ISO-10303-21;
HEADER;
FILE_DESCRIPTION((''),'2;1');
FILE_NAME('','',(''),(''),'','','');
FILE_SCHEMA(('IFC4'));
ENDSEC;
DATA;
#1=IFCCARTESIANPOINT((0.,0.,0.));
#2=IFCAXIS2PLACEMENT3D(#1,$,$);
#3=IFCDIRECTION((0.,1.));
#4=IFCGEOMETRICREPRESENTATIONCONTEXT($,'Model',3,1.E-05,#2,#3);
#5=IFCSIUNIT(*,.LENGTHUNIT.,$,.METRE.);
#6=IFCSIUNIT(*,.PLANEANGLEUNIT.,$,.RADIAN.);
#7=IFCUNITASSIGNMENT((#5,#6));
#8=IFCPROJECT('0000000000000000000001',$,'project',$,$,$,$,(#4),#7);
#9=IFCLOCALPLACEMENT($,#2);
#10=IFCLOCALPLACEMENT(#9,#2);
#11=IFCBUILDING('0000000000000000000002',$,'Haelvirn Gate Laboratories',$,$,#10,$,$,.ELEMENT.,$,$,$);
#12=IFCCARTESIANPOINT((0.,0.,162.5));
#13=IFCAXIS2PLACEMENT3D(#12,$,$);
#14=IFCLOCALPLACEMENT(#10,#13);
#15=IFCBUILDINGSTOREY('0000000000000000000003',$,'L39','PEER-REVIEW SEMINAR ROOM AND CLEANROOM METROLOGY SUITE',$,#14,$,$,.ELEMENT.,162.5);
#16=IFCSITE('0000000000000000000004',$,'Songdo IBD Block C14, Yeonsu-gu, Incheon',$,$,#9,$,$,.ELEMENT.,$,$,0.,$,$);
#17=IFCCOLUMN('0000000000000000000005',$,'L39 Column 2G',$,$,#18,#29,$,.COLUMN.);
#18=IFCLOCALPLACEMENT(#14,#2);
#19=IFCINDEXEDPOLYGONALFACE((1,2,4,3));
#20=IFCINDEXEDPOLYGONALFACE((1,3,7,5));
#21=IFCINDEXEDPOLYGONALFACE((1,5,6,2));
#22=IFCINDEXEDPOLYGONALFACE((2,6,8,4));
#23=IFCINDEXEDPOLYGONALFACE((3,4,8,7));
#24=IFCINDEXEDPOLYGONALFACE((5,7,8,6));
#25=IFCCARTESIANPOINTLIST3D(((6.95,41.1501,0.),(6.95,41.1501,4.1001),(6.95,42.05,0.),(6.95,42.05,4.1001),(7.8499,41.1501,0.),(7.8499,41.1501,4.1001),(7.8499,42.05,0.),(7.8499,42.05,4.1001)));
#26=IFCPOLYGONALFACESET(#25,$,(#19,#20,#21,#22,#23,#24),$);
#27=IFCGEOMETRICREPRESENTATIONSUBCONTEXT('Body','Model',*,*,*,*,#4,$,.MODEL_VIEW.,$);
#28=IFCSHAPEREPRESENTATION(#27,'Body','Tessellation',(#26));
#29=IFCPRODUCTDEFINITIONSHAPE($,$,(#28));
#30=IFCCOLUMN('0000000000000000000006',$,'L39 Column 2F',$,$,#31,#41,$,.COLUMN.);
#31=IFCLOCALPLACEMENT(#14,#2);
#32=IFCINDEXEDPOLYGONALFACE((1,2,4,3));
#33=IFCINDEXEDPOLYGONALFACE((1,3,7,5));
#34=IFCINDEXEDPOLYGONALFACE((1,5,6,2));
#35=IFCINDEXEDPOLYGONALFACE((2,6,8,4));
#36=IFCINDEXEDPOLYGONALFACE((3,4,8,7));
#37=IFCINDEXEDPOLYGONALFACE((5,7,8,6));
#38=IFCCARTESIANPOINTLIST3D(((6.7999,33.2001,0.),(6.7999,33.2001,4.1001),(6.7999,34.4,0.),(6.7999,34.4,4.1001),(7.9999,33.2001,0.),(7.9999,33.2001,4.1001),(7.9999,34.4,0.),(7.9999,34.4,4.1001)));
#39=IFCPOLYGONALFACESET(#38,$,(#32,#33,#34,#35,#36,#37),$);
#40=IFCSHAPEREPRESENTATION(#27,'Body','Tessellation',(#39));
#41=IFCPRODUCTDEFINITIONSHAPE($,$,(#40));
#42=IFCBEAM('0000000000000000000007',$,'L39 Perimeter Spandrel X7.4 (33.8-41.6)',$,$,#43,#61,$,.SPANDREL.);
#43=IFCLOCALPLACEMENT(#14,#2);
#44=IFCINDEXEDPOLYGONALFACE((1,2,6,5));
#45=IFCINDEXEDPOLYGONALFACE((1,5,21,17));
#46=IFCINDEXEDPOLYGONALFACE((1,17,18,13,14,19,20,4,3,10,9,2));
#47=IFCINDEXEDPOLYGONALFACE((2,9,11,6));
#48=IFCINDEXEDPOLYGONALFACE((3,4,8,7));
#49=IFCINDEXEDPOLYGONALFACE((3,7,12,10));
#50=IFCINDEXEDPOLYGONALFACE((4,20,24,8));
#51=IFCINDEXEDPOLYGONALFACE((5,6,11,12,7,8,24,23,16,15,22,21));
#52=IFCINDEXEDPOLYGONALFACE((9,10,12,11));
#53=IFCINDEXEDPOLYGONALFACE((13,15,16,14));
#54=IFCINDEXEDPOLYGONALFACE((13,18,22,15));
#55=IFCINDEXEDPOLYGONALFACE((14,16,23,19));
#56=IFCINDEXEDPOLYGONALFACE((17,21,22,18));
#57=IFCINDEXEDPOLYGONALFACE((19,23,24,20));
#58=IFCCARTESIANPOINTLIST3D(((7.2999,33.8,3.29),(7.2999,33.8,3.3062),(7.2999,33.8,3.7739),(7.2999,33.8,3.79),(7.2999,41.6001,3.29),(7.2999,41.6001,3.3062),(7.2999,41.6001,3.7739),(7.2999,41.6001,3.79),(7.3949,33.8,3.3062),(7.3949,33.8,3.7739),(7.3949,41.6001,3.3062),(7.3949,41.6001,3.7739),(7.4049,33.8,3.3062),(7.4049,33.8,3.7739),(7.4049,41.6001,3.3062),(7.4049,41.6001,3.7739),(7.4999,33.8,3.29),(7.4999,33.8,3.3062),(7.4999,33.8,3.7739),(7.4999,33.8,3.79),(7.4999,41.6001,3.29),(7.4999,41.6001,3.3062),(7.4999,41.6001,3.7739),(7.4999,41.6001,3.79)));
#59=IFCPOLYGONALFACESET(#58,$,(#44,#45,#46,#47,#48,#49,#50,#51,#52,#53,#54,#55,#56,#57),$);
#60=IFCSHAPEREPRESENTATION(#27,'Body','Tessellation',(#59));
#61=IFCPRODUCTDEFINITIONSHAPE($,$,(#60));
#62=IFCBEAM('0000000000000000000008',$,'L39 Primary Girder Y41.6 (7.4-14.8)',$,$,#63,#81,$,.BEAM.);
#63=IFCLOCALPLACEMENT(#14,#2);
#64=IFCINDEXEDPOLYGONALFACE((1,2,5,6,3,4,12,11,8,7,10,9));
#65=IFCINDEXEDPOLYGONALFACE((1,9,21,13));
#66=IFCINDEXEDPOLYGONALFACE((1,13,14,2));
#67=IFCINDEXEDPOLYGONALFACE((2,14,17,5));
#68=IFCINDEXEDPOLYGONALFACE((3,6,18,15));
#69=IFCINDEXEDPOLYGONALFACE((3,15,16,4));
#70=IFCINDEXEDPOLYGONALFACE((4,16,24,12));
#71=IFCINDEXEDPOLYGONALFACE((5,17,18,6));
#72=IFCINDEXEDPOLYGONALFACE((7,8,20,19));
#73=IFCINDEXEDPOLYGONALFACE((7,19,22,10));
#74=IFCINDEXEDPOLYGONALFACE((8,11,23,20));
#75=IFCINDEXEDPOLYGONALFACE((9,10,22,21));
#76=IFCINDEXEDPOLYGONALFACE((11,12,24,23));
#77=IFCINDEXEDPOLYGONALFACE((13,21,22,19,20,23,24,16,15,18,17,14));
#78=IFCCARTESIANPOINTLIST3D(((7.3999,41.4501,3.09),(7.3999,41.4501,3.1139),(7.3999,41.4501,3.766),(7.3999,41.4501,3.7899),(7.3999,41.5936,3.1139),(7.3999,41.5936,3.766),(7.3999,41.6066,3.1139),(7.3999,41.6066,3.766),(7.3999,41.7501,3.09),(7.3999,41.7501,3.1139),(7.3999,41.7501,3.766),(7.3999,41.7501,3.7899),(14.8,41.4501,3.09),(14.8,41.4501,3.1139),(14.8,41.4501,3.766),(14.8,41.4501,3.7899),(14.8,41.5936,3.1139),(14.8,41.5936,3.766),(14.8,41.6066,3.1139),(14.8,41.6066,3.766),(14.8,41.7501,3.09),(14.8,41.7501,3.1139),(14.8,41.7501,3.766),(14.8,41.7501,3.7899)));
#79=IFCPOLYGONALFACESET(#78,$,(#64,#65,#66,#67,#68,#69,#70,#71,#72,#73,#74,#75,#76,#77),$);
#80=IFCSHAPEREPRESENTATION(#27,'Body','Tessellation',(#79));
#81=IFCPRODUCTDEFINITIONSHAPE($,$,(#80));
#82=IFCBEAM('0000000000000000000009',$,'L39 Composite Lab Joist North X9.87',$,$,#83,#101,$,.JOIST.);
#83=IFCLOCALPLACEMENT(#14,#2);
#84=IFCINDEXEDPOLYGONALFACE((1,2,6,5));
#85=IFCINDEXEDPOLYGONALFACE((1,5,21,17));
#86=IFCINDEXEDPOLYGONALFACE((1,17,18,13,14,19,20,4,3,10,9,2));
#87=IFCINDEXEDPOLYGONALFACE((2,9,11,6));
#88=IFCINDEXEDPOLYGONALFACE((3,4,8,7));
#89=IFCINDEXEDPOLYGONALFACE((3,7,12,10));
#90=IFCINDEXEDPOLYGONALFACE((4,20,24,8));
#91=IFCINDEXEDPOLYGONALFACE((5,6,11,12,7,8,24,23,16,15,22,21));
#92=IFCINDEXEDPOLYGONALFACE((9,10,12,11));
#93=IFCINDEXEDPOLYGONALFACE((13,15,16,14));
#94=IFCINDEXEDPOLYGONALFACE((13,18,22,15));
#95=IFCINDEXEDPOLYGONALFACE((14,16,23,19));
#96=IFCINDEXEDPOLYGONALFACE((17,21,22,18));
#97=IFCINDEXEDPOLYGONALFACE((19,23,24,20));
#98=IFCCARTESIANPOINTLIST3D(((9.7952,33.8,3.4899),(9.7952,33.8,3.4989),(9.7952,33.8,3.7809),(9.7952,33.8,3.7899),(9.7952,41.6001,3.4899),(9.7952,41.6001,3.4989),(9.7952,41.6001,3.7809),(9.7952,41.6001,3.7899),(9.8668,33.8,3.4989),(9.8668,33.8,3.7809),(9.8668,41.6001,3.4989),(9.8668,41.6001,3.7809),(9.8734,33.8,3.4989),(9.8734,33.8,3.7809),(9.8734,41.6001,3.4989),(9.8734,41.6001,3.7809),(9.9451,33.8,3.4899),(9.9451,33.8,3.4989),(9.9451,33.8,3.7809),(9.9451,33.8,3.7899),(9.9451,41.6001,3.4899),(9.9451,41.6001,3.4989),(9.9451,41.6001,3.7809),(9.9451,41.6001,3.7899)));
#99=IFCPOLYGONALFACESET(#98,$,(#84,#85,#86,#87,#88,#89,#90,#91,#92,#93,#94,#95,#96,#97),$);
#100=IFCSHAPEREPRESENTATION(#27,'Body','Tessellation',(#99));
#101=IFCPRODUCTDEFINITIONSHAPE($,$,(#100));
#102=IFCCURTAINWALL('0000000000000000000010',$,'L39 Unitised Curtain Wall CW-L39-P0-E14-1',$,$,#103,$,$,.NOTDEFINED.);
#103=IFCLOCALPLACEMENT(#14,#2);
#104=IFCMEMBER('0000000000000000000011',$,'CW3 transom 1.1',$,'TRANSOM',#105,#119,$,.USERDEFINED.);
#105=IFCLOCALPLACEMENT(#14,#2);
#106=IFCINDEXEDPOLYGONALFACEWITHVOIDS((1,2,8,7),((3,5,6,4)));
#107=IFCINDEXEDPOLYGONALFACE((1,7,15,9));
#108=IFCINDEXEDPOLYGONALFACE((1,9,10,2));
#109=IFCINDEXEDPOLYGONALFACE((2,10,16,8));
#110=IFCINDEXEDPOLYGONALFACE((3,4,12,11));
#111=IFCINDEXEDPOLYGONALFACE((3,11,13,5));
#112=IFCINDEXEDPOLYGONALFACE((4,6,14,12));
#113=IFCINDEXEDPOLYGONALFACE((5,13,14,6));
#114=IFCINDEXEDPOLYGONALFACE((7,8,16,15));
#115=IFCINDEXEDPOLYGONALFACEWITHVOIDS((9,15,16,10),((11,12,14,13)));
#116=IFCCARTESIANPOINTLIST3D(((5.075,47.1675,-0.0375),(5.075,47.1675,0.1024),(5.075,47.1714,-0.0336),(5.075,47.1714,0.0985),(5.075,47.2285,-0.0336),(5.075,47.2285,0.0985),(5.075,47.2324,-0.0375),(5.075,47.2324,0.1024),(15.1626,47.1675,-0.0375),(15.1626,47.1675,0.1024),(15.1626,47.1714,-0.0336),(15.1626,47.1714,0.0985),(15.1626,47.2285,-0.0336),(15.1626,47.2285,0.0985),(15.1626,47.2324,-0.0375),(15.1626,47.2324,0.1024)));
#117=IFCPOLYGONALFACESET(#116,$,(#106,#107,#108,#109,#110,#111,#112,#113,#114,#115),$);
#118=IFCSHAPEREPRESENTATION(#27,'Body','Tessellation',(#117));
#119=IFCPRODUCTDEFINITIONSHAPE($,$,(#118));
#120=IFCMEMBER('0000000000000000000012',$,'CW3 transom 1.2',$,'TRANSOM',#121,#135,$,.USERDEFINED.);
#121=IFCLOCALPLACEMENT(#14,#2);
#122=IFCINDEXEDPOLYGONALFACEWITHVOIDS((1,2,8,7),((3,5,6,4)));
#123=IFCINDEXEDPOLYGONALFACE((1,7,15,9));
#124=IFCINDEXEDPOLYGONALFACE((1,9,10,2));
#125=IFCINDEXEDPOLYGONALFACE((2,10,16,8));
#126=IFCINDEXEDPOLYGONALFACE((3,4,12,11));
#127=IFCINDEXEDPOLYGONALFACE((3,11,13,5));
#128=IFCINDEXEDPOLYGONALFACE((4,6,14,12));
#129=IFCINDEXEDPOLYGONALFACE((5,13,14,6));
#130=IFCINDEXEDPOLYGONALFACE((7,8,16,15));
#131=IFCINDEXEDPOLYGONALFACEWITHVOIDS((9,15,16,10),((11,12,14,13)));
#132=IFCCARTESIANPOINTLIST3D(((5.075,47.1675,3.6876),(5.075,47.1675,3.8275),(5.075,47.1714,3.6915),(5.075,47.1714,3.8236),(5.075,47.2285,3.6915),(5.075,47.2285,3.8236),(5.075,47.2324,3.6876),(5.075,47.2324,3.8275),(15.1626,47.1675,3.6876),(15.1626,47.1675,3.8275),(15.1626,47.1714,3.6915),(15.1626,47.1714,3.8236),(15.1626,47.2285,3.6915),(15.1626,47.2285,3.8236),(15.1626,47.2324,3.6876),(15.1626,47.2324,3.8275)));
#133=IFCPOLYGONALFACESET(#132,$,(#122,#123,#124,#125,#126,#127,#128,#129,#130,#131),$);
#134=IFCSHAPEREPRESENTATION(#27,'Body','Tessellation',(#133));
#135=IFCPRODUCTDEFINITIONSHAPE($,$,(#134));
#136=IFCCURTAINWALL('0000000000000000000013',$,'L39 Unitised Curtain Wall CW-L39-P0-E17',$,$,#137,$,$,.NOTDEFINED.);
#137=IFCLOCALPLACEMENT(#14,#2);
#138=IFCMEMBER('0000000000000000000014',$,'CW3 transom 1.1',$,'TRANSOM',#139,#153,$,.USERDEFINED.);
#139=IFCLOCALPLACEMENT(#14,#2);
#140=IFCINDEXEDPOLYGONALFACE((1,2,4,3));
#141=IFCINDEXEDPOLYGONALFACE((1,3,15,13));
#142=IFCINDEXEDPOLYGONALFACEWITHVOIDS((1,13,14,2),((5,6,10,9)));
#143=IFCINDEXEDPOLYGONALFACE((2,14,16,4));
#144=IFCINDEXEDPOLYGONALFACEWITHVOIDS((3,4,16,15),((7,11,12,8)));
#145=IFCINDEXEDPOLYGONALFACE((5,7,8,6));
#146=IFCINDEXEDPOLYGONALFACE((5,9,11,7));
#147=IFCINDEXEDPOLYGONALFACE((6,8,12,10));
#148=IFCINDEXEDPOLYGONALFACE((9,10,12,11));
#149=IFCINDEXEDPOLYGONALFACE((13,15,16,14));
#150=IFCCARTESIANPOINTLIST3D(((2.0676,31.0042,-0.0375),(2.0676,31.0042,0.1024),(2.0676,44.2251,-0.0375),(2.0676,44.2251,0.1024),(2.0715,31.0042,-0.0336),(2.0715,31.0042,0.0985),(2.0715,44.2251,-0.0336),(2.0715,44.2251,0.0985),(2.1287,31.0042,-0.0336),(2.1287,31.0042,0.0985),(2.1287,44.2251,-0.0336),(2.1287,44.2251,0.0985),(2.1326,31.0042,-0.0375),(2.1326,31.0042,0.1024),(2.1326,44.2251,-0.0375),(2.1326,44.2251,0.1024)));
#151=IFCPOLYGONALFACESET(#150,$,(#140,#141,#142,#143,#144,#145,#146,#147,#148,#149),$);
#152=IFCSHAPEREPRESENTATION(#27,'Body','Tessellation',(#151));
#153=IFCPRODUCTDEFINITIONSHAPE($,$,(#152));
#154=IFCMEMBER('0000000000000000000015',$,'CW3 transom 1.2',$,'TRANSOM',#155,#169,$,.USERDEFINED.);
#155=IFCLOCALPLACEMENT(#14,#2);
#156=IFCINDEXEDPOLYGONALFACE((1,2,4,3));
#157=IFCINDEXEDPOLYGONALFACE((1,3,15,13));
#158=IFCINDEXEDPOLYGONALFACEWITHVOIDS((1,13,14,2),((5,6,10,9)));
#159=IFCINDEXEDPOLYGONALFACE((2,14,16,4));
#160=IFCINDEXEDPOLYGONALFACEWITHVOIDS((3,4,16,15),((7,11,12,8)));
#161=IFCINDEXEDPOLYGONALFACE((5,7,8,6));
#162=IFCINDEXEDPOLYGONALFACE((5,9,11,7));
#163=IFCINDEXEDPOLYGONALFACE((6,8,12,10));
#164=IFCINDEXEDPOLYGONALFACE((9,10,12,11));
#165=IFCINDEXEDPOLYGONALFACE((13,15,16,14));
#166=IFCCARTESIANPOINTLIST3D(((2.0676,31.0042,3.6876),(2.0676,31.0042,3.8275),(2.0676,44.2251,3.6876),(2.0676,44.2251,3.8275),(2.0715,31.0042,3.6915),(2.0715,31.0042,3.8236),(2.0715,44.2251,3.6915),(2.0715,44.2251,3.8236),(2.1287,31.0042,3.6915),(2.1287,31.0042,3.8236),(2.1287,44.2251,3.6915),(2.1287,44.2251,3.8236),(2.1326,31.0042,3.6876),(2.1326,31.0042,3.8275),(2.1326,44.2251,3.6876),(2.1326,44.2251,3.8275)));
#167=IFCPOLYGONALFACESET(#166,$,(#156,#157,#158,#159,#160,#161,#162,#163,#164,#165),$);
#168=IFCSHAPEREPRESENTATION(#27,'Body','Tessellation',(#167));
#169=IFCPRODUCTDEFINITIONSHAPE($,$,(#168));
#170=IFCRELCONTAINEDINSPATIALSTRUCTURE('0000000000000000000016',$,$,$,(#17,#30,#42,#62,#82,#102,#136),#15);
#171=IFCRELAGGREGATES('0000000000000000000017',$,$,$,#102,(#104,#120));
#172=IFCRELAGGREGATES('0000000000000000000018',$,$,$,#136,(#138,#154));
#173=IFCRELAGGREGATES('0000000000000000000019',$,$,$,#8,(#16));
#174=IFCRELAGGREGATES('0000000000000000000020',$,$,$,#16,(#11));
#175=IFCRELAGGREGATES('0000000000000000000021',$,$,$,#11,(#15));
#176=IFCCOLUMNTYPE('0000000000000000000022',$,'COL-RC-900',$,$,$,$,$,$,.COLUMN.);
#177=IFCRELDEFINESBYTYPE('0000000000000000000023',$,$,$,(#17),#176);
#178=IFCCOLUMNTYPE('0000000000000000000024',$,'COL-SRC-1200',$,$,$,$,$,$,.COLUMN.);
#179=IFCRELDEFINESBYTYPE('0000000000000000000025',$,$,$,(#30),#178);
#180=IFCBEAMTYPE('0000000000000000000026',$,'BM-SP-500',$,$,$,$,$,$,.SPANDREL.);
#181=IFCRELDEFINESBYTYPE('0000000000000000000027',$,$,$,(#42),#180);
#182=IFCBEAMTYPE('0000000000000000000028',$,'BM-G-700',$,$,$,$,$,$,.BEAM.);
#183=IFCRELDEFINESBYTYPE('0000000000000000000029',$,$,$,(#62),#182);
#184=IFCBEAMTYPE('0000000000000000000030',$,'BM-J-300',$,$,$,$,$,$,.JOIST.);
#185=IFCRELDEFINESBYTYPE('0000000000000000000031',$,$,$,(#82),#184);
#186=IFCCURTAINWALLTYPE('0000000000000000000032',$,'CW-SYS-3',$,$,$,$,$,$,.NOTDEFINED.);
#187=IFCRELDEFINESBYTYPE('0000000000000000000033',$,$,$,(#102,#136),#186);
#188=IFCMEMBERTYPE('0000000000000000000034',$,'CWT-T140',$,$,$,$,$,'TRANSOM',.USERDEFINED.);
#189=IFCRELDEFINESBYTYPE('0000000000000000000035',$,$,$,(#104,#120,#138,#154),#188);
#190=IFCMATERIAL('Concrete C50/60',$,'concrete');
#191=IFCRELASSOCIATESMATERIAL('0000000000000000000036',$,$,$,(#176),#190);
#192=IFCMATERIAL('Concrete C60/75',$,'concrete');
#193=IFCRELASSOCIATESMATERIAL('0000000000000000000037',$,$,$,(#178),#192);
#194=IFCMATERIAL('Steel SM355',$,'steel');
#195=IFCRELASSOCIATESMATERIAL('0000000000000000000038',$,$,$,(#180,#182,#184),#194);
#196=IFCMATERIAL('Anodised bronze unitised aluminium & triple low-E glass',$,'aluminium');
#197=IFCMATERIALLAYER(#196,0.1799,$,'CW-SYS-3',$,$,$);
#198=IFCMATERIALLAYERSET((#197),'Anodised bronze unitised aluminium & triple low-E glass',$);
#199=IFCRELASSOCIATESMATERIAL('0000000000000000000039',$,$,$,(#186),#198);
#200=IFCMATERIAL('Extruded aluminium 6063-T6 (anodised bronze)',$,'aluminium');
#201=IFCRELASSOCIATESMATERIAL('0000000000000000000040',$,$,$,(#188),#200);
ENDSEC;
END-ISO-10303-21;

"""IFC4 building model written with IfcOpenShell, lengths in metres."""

from ifc_helpers import new_model, si_unit, direction, frame, origin, origin_2d, place, context, subcontext, project, spatial, rectangle, hollow_rectangle, i_section, extrude, source, transform, mapped, material, layer, layer_set, material_profile, profile_set, type_object, type_shapes, element, aggregate, save


model = new_model("IFC4")

# Units and contexts
model_context = context("Model", 3, precision=1e-05, world=origin(), true_north=direction((0.0, 1.0)))
body_context = subcontext(model_context, "Body", "Model", "MODEL_VIEW")
ifc_project = project(units=[si_unit("LENGTHUNIT", "METRE"), si_unit("PLANEANGLEUNIT", "RADIAN")], contexts=[model_context])

# Site, building, storey
site_placement = place(None, origin())
site = spatial("IfcSite", under=ifc_project, at=site_placement, Name="Songdo IBD Block C14, Yeonsu-gu, Incheon", CompositionType="ELEMENT", RefElevation=0.0)
building_placement = place(site_placement, origin())
building = spatial("IfcBuilding", under=site, at=building_placement, Name="Haelvirn Gate Laboratories", CompositionType="ELEMENT")
storey_placement = place(building_placement, frame((0.0, 0.0, 162.5)))
storey = spatial("IfcBuildingStorey", under=building, at=storey_placement, Name="L39", Description="PEER-REVIEW SEMINAR ROOM AND CLEANROOM METROLOGY SUITE", CompositionType="ELEMENT", Elevation=162.5)

# Columns
ifc_material_1 = material(Name="Concrete C50/60", Category="concrete")
ifc_material_profile_1 = material_profile(ifc_material_1, rectangle(XDim=0.8999, YDim=0.8999, at=origin_2d()), Name="RC-900x900")
ifc_profile_set_1 = profile_set([ifc_material_profile_1], Name="Concrete C50/60")
column_type_1 = type_object("IfcColumnType", Name="COL-RC-900", PredefinedType="COLUMN", material=ifc_profile_set_1)
shared_shape_1 = source(origin(), body_context, "Body", "SweptSolid", [
    extrude(rectangle(XDim=0.8999, YDim=0.8999, at=origin_2d()), origin(), (0.0, 0.0, 1.0), 4.1001),
])
type_shapes(column_type_1, [shared_shape_1])
column_1_placement = place(storey_placement, frame((7.3999, 41.6001, 0.0), z_axis=(0.0, 0.0, 1.0), x_axis=(1.0, 0.0, 0.0)))
element("IfcColumn", 1, at=column_1_placement, inside=storey, type_object=column_type_1, Name="L39 Column 2G", PredefinedType="COLUMN", context=body_context, shape_type="MappedRepresentation", body=[
    mapped(shared_shape_1, transform((0.0, 0.0, 0.0), scale=1.0)),
])
ifc_material_2 = material(Name="Concrete C60/75", Category="concrete")
ifc_material_profile_2 = material_profile(ifc_material_2, rectangle(XDim=1.2, YDim=1.2, at=origin_2d()), Name="SRC-1200x1200")
ifc_profile_set_2 = profile_set([ifc_material_profile_2], Name="Concrete C60/75")
column_type_2 = type_object("IfcColumnType", Name="COL-SRC-1200", PredefinedType="COLUMN", material=ifc_profile_set_2)
shared_shape_2 = source(origin(), body_context, "Body", "SweptSolid", [
    extrude(rectangle(XDim=1.2, YDim=1.2, at=origin_2d()), origin(), (0.0, 0.0, 1.0), 4.1001),
])
type_shapes(column_type_2, [shared_shape_2])
column_2_placement = place(storey_placement, frame((7.3999, 33.8, 0.0), z_axis=(0.0, 0.0, 1.0), x_axis=(1.0, 0.0, 0.0)))
element("IfcColumn", 2, at=column_2_placement, inside=storey, type_object=column_type_2, Name="L39 Column 2F", PredefinedType="COLUMN", context=body_context, shape_type="MappedRepresentation", body=[
    mapped(shared_shape_2, transform((0.0, 0.0, 0.0), scale=1.0)),
])

# Beams
ifc_material_3 = material(Name="Steel SM355", Category="steel")
ifc_material_profile_3 = material_profile(ifc_material_3, i_section(OverallWidth=0.2, OverallDepth=0.5, WebThickness=0.01, FlangeThickness=0.0161, at=origin_2d()), Name="H-500x200x10x16")
ifc_profile_set_3 = profile_set([ifc_material_profile_3], Name="Steel SM355")
beam_type_1 = type_object("IfcBeamType", Name="BM-SP-500", PredefinedType="SPANDREL", material=ifc_profile_set_3)
shared_shape_3 = source(origin(), body_context, "Body", "SweptSolid", [
    extrude(i_section(OverallWidth=0.2, OverallDepth=0.5, WebThickness=0.01, FlangeThickness=0.0161, at=origin_2d()), origin(), (0.0, 0.0, 1.0), 7.8),
])
type_shapes(beam_type_1, [shared_shape_3])
beam_1_placement = place(storey_placement, frame((7.3999, 33.8, 3.54), z_axis=(0.0, 1.0, 0.0), x_axis=(-1.0, 0.0, 0.0)))
element("IfcBeam", 3, at=beam_1_placement, inside=storey, type_object=beam_type_1, Name="L39 Perimeter Spandrel X7.4 (33.8-41.6)", PredefinedType="SPANDREL", context=body_context, shape_type="MappedRepresentation", body=[
    mapped(shared_shape_3, transform((0.0, 0.0, 0.0), scale=1.0)),
])
ifc_material_profile_4 = material_profile(ifc_material_3, i_section(OverallWidth=0.3, OverallDepth=0.7, WebThickness=0.0129, FlangeThickness=0.0239, at=origin_2d()), Name="H-700x300x13x24")
ifc_profile_set_4 = profile_set([ifc_material_profile_4], Name="Steel SM355")
beam_type_2 = type_object("IfcBeamType", Name="BM-G-700", PredefinedType="BEAM", material=ifc_profile_set_4)
shared_shape_4 = source(origin(), body_context, "Body", "SweptSolid", [
    extrude(i_section(OverallWidth=0.3, OverallDepth=0.7, WebThickness=0.0129, FlangeThickness=0.0239, at=origin_2d()), origin(), (0.0, 0.0, 1.0), 7.4001),
])
type_shapes(beam_type_2, [shared_shape_4])
beam_2_placement = place(storey_placement, frame((7.3999, 41.6001, 3.4399), z_axis=(1.0, 0.0, 0.0), x_axis=(0.0, 1.0, 0.0)))
element("IfcBeam", 4, at=beam_2_placement, inside=storey, type_object=beam_type_2, Name="L39 Primary Girder Y41.6 (7.4-14.8)", PredefinedType="BEAM", context=body_context, shape_type="MappedRepresentation", body=[
    mapped(shared_shape_4, transform((0.0, 0.0, 0.0), scale=1.0)),
])
ifc_material_profile_5 = material_profile(ifc_material_3, i_section(OverallWidth=0.1499, OverallDepth=0.3, WebThickness=0.0066, FlangeThickness=0.009, at=origin_2d()), Name="H-300x150x6.5x9")
ifc_profile_set_5 = profile_set([ifc_material_profile_5], Name="Steel SM355")
beam_type_3 = type_object("IfcBeamType", Name="BM-J-300", PredefinedType="JOIST", material=ifc_profile_set_5)
shared_shape_5 = source(origin(), body_context, "Body", "SweptSolid", [
    extrude(i_section(OverallWidth=0.1499, OverallDepth=0.3, WebThickness=0.0066, FlangeThickness=0.009, at=origin_2d()), origin(), (0.0, 0.0, 1.0), 7.8),
])
type_shapes(beam_type_3, [shared_shape_5])
beam_3_placement = place(storey_placement, frame((9.8701, 33.8, 3.6399), z_axis=(0.0, 1.0, 0.0), x_axis=(-1.0, 0.0, 0.0)))
element("IfcBeam", 5, at=beam_3_placement, inside=storey, type_object=beam_type_3, Name="L39 Composite Lab Joist North X9.87", PredefinedType="JOIST", context=body_context, shape_type="MappedRepresentation", body=[
    mapped(shared_shape_5, transform((0.0, 0.0, 0.0), scale=1.0)),
])

# Curtain walls, members
ifc_material_4 = material(Name="Anodised bronze unitised aluminium & triple low-E glass", Category="aluminium")
ifc_layer_1 = layer(ifc_material_4, 0.1799, Name="CW-SYS-3")
ifc_layer_set_1 = layer_set([ifc_layer_1], Name="Anodised bronze unitised aluminium & triple low-E glass")
curtain_wall_type_1 = type_object("IfcCurtainWallType", Name="CW-SYS-3", PredefinedType="NOTDEFINED", material=ifc_layer_set_1)
curtain_wall_1_placement = place(storey_placement, origin())
curtain_wall_1 = element("IfcCurtainWall", 6, at=curtain_wall_1_placement, inside=storey, type_object=curtain_wall_type_1, Name="L39 Unitised Curtain Wall CW-L39-P0-E14-1", PredefinedType="NOTDEFINED")
ifc_material_5 = material(Name="Extruded aluminium 6063-T6 (anodised bronze)", Category="aluminium")
ifc_material_profile_6 = material_profile(ifc_material_5, hollow_rectangle(XDim=0.0649, YDim=0.1399, WallThickness=0.0039, at=origin_2d()), Name="CWT-140x65x4")
ifc_profile_set_6 = profile_set([ifc_material_profile_6], Name="Extruded aluminium 6063-T6 (anodised bronze)")
member_type_1 = type_object("IfcMemberType", Name="CWT-T140", ElementType="TRANSOM", PredefinedType="USERDEFINED", material=ifc_profile_set_6)
shared_shape_6 = source(origin(), body_context, "Body", "SweptSolid", [
    extrude(hollow_rectangle(XDim=0.0649, YDim=0.1399, WallThickness=0.0039, at=origin_2d()), origin(), (0.0, 0.0, 1.0), 10.0876),
])
member_1_placement = place(storey_placement, frame((5.075, 47.2, 0.0325), z_axis=(1.0, 0.0, 0.0), x_axis=(0.0, 1.0, 0.0)))
member_1 = element("IfcMember", 7, at=member_1_placement, type_object=member_type_1, Name="CW3 transom 1.1", ObjectType="TRANSOM", PredefinedType="USERDEFINED", context=body_context, shape_type="MappedRepresentation", body=[
    mapped(shared_shape_6, transform((0.0, 0.0, 0.0), scale=1.0)),
])
member_2_placement = place(storey_placement, frame((5.075, 47.2, 3.7576), z_axis=(1.0, 0.0, 0.0), x_axis=(0.0, 1.0, 0.0)))
member_2 = element("IfcMember", 8, at=member_2_placement, type_object=member_type_1, Name="CW3 transom 1.2", ObjectType="TRANSOM", PredefinedType="USERDEFINED", context=body_context, shape_type="MappedRepresentation", body=[
    mapped(shared_shape_6, transform((0.0, 0.0, 0.0), scale=1.0)),
])
curtain_wall_2_placement = place(storey_placement, origin())
curtain_wall_2 = element("IfcCurtainWall", 9, at=curtain_wall_2_placement, inside=storey, type_object=curtain_wall_type_1, Name="L39 Unitised Curtain Wall CW-L39-P0-E17", PredefinedType="NOTDEFINED")
shared_shape_7 = source(origin(), body_context, "Body", "SweptSolid", [
    extrude(hollow_rectangle(XDim=0.0649, YDim=0.1399, WallThickness=0.0039, at=origin_2d()), origin(), (0.0, 0.0, 1.0), 13.2209),
])
member_3_placement = place(storey_placement, frame((2.1001, 44.2251, 0.0325), z_axis=(0.0, -1.0, 0.0), x_axis=(1.0, 0.0, 0.0)))
member_3 = element("IfcMember", 10, at=member_3_placement, type_object=member_type_1, Name="CW3 transom 1.1", ObjectType="TRANSOM", PredefinedType="USERDEFINED", context=body_context, shape_type="MappedRepresentation", body=[
    mapped(shared_shape_7, transform((0.0, 0.0, 0.0), scale=1.0)),
])
member_4_placement = place(storey_placement, frame((2.1001, 44.2251, 3.7576), z_axis=(0.0, -1.0, 0.0), x_axis=(1.0, 0.0, 0.0)))
member_4 = element("IfcMember", 11, at=member_4_placement, type_object=member_type_1, Name="CW3 transom 1.2", ObjectType="TRANSOM", PredefinedType="USERDEFINED", context=body_context, shape_type="MappedRepresentation", body=[
    mapped(shared_shape_7, transform((0.0, 0.0, 0.0), scale=1.0)),
])

aggregate(curtain_wall_1, [member_1, member_2])
aggregate(curtain_wall_2, [member_3, member_4])

save(model, "model.ifc")
